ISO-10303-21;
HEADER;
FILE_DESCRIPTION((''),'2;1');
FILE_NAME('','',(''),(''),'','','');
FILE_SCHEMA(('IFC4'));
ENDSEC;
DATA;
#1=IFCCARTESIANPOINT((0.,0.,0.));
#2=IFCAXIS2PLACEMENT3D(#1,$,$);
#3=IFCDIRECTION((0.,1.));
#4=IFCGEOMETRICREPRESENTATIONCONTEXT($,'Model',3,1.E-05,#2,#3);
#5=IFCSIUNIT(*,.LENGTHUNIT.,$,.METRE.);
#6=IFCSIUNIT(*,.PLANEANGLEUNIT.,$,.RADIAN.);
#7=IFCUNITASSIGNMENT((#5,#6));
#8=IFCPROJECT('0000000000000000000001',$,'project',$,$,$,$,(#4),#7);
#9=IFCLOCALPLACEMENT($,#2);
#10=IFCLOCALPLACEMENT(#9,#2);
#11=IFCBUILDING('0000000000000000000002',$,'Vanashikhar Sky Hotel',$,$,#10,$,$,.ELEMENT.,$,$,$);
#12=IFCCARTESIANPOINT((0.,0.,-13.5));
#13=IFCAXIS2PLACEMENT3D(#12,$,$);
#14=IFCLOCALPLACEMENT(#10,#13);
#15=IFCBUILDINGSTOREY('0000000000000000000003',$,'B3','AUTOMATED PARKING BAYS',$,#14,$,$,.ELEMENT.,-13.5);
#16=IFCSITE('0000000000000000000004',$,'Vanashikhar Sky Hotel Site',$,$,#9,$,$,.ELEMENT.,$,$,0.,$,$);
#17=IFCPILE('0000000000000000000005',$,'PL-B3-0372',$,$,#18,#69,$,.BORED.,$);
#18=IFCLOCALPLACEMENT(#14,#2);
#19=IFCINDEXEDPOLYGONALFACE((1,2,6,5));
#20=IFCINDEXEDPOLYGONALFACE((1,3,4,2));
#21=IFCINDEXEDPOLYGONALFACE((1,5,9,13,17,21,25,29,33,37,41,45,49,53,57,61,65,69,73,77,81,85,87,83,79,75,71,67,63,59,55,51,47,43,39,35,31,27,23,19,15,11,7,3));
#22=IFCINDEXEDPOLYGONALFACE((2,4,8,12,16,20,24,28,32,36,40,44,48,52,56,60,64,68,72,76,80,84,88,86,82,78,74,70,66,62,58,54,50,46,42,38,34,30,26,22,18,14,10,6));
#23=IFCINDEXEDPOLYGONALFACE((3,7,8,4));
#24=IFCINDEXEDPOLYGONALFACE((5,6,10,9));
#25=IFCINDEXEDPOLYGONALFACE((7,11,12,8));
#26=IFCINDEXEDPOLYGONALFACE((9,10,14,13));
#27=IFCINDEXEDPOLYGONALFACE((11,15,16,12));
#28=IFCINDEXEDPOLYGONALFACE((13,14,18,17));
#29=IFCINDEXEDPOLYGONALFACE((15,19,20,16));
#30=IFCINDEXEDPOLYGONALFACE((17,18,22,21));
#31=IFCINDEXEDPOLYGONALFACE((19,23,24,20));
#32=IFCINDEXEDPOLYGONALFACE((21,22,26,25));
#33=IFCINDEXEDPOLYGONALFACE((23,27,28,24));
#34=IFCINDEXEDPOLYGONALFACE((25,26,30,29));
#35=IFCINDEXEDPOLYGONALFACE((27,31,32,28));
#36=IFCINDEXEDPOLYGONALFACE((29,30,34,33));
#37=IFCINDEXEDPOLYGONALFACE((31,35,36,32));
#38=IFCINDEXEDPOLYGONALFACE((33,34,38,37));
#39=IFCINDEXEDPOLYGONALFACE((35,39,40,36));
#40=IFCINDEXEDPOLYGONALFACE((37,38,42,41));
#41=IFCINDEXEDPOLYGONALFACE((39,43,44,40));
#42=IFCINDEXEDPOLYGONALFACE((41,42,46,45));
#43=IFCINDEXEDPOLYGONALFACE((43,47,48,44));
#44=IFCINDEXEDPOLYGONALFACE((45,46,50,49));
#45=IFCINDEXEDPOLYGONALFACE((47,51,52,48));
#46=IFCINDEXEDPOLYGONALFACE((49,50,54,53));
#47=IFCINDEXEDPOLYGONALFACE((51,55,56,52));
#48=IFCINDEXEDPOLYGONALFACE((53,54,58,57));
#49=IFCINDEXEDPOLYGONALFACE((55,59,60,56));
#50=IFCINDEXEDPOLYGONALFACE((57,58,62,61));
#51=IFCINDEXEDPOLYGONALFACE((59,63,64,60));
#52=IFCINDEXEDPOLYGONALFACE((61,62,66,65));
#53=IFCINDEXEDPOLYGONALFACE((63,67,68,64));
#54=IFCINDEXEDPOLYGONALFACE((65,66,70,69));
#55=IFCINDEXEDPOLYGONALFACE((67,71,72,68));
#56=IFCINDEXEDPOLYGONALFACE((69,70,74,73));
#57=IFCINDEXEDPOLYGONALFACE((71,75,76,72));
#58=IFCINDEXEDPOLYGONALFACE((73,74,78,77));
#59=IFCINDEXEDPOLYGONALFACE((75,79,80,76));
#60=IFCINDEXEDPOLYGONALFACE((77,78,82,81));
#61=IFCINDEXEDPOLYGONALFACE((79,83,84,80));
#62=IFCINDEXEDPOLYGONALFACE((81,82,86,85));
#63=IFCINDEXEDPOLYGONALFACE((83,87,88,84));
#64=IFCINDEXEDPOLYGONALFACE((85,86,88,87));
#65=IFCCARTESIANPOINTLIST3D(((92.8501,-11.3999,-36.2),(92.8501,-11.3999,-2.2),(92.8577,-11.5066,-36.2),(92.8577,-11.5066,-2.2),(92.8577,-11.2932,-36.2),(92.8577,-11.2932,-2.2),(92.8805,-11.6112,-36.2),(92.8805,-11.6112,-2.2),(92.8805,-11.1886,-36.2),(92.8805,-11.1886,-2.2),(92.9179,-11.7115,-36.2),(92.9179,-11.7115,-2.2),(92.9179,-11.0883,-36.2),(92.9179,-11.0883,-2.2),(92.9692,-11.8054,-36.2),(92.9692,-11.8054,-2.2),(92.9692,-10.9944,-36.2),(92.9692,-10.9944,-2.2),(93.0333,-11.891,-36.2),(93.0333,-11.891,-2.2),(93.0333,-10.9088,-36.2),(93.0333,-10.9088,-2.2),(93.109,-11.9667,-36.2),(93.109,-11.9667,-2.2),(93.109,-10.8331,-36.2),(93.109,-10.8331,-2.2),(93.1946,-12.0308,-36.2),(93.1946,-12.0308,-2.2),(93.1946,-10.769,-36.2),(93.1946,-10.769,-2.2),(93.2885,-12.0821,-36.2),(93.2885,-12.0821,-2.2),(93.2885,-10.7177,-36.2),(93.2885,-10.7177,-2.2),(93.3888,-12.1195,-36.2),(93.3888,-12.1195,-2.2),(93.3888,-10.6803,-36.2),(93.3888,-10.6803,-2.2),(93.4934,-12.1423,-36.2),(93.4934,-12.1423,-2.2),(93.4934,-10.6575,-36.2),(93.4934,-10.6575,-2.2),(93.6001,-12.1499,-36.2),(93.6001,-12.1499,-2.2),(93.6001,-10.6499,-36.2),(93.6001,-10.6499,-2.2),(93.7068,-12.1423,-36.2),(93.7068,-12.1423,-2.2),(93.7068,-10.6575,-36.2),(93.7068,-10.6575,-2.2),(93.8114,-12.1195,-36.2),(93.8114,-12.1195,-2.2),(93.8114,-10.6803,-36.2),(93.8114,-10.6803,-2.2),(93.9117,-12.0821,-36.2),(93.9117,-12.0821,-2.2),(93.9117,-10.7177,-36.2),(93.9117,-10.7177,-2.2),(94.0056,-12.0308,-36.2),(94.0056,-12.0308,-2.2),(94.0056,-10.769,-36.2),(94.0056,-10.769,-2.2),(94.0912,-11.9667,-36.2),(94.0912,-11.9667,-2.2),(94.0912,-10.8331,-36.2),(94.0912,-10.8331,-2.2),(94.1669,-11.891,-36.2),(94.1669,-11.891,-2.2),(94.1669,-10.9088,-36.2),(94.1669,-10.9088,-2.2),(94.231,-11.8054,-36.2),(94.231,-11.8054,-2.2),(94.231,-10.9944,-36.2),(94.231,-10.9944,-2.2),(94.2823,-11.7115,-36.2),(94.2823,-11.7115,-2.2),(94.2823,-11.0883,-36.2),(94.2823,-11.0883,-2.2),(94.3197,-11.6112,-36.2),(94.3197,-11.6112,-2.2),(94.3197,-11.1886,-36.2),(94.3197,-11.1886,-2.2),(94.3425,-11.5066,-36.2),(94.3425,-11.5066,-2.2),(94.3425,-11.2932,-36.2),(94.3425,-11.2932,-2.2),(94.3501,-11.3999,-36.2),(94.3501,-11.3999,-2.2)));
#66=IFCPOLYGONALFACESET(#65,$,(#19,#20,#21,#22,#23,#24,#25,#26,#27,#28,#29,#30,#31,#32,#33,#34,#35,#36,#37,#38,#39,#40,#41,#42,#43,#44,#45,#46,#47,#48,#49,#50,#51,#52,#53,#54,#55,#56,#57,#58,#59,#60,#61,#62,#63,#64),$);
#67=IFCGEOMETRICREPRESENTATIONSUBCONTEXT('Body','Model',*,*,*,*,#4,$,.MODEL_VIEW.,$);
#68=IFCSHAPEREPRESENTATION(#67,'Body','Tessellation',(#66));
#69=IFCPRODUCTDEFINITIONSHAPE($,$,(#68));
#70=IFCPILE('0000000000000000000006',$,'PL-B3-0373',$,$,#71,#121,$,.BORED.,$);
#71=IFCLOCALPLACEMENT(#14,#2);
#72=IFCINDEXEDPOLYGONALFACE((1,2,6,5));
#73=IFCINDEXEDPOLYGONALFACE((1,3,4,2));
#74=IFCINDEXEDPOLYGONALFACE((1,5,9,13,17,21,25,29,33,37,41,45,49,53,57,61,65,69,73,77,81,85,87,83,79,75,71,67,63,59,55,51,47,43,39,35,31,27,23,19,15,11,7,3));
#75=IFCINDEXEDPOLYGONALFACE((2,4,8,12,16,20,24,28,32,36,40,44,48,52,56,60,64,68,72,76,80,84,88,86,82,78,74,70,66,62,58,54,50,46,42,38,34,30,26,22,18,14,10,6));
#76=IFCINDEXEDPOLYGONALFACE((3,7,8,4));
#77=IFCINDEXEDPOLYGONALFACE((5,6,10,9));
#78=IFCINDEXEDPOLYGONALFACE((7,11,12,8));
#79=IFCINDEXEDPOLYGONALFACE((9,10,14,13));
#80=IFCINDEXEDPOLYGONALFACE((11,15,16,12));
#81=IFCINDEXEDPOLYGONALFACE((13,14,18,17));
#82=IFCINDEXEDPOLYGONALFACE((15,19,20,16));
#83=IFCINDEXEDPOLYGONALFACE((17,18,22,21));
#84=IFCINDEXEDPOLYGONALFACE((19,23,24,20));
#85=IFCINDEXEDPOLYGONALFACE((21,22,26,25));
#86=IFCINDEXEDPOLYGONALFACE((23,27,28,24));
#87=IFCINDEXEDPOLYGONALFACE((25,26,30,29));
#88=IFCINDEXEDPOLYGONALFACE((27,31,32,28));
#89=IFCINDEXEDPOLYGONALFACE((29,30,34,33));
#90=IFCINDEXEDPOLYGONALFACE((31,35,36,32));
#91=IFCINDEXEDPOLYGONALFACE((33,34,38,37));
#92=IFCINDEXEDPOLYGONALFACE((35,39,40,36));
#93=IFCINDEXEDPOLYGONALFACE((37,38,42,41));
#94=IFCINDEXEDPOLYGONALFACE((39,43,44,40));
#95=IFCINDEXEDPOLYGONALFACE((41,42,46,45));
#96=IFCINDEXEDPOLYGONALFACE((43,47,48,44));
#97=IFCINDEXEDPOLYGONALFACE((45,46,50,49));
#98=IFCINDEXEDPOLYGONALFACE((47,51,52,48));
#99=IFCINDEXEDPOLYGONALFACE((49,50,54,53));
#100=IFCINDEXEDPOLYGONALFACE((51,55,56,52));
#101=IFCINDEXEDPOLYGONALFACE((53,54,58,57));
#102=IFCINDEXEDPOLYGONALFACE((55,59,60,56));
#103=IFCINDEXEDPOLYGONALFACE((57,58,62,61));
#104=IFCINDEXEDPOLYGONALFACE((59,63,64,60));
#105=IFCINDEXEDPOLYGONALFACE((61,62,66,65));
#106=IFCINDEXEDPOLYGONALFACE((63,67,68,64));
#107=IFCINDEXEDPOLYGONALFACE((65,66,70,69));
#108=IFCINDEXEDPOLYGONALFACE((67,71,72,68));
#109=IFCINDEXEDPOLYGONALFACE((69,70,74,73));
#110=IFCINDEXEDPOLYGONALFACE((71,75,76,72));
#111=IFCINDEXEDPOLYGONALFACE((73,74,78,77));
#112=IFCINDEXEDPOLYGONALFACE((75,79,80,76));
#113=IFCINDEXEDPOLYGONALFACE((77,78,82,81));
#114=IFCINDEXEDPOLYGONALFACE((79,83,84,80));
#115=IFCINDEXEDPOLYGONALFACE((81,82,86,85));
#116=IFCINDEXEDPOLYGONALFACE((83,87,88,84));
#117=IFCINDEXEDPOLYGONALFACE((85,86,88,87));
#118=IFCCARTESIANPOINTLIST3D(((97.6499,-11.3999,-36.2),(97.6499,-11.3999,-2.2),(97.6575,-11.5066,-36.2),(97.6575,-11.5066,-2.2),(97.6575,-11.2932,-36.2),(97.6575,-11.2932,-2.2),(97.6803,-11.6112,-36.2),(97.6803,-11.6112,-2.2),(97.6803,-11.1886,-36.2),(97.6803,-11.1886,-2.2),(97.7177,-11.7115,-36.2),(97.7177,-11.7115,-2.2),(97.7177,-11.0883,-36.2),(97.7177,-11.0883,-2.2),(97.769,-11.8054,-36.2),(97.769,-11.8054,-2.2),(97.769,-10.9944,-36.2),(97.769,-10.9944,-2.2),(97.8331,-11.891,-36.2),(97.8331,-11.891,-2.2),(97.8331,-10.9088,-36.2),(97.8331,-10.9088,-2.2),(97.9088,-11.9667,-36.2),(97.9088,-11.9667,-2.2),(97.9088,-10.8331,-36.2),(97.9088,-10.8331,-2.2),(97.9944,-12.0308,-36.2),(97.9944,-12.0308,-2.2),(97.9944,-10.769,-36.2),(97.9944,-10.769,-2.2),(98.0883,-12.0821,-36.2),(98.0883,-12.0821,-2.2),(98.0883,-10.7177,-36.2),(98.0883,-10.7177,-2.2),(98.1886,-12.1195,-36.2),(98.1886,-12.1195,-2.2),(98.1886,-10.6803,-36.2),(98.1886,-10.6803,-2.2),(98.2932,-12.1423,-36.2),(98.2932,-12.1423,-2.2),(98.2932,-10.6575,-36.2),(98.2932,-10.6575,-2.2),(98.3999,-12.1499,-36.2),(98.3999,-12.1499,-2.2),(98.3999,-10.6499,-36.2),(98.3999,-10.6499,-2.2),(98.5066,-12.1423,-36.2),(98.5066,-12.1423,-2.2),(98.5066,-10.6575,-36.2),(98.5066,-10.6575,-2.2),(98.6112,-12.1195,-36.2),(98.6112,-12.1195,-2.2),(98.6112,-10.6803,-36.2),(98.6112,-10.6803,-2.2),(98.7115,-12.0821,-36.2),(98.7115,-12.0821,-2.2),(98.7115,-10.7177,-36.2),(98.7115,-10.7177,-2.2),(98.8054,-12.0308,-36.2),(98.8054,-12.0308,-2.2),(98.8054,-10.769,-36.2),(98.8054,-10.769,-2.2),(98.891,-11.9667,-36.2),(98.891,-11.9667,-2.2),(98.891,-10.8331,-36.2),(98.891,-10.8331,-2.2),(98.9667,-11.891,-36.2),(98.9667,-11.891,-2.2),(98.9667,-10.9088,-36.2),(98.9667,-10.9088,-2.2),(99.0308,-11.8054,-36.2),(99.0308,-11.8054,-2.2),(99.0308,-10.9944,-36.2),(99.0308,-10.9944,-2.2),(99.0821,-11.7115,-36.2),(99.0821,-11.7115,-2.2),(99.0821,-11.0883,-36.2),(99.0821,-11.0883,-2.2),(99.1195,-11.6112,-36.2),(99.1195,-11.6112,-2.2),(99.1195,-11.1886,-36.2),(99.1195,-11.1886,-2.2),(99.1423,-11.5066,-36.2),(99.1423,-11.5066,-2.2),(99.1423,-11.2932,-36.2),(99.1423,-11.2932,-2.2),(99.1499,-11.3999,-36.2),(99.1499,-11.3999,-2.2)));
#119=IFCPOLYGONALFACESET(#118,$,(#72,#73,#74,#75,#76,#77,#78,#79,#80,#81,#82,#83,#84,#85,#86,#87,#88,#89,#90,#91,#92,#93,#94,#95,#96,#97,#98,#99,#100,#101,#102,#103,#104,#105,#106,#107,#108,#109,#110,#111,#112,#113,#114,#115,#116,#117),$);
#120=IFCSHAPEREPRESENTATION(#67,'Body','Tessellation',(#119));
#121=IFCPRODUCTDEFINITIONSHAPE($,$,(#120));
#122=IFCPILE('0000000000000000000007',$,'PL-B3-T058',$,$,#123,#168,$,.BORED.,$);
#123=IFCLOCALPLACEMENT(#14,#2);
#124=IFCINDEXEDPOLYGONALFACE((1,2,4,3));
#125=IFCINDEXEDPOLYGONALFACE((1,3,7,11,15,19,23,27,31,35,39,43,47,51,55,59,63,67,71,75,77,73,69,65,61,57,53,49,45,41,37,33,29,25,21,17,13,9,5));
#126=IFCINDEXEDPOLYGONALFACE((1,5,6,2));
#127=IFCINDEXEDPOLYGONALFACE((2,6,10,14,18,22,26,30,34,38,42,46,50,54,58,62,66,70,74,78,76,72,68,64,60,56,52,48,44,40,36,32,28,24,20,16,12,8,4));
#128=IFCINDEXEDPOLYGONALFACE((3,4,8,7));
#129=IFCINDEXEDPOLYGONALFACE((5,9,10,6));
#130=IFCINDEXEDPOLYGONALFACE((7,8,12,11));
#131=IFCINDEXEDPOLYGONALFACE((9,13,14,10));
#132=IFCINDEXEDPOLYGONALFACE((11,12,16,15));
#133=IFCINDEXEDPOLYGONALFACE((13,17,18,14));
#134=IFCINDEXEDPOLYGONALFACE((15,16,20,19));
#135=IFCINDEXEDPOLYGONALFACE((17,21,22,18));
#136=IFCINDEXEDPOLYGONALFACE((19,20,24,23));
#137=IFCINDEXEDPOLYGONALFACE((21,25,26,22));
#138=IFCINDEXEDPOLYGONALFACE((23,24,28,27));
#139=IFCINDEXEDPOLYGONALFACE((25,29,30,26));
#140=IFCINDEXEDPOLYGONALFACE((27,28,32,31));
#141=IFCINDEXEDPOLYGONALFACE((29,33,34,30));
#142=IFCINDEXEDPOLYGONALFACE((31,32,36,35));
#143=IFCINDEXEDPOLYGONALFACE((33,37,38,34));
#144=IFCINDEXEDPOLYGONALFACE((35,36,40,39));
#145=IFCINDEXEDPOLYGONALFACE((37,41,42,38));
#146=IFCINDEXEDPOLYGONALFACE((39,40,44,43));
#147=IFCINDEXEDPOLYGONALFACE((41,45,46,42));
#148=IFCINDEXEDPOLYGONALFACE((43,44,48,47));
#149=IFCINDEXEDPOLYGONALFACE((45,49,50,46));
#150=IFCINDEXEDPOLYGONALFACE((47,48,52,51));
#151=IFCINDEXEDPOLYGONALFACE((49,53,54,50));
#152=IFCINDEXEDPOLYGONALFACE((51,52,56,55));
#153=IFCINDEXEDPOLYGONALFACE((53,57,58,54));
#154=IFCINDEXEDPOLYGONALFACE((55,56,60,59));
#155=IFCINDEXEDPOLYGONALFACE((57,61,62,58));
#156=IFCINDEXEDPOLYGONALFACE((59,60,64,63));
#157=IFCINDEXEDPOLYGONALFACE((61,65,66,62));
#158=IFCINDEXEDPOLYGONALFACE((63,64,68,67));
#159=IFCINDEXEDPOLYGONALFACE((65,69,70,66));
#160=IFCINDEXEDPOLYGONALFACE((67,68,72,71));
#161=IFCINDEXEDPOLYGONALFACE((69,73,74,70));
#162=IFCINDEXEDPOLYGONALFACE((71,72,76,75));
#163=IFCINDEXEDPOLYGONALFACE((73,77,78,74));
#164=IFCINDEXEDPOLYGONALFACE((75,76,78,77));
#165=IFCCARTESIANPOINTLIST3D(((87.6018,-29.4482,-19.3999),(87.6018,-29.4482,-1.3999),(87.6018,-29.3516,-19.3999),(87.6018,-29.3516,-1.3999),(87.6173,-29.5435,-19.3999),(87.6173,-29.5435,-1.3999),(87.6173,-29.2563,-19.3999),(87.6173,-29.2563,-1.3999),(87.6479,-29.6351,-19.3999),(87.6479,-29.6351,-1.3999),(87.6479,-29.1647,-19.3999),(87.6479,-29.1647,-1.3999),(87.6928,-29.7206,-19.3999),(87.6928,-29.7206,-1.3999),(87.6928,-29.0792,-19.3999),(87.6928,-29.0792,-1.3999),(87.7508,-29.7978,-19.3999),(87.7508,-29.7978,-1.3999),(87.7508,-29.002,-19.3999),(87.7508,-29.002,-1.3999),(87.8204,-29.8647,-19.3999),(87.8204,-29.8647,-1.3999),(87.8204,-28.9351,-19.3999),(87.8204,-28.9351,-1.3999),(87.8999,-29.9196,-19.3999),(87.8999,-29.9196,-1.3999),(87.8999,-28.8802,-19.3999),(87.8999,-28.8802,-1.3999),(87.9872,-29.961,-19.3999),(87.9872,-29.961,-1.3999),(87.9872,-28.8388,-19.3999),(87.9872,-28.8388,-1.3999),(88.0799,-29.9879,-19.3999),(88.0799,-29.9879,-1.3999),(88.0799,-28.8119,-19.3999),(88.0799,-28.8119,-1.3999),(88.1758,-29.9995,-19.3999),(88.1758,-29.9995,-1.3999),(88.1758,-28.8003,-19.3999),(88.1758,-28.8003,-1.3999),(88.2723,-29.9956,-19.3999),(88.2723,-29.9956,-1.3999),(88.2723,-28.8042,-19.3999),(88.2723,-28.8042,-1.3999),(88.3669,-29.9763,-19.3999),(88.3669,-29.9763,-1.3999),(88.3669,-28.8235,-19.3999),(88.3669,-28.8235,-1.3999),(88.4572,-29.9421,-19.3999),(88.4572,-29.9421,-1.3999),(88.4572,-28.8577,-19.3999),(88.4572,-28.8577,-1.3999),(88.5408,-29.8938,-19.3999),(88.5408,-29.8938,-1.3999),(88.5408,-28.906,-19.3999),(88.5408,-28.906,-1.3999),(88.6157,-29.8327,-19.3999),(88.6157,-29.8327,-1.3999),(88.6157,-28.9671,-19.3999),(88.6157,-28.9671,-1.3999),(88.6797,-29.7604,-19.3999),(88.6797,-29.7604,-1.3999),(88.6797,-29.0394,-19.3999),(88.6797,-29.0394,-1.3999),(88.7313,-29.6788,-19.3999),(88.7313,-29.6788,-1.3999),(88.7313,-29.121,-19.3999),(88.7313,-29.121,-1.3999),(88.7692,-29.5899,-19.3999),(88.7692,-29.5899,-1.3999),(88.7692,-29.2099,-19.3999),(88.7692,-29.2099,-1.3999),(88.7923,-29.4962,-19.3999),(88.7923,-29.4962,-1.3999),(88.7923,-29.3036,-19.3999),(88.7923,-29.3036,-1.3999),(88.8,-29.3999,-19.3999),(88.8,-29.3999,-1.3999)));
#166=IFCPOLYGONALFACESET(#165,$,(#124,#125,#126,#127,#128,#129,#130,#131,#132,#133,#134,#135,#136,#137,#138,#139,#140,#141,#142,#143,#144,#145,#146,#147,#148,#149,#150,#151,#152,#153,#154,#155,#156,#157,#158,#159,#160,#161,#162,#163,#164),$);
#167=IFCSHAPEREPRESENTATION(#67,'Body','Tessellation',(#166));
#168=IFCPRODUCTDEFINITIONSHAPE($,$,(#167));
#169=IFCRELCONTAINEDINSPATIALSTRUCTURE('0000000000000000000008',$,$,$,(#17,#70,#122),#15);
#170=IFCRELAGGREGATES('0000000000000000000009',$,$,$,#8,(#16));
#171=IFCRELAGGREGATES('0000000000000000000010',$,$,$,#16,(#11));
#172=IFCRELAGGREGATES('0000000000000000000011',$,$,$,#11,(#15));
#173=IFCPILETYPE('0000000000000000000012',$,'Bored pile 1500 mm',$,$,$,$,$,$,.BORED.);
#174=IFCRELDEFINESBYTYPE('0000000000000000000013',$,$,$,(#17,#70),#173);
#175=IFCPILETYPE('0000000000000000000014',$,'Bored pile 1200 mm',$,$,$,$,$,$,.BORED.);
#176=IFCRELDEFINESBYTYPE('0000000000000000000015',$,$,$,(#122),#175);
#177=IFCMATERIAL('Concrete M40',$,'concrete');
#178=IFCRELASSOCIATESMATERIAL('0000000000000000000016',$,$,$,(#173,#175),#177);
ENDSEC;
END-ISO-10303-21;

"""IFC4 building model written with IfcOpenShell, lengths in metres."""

from ifc_helpers import new_model, si_unit, direction, frame, origin, origin_2d, place, context, subcontext, project, spatial, circle, extrude, source, transform, mapped, material, type_object, element, save


model = new_model("IFC4")

# Units and contexts
model_context = context("Model", 3, precision=1e-05, world=origin(), true_north=direction((0.0, 1.0)))
body_context = subcontext(model_context, "Body", "Model", "MODEL_VIEW")
ifc_project = project(units=[si_unit("LENGTHUNIT", "METRE"), si_unit("PLANEANGLEUNIT", "RADIAN")], contexts=[model_context])

# Site, building, storey
site_placement = place(None, origin())
site = spatial("IfcSite", under=ifc_project, at=site_placement, Name="Vanashikhar Sky Hotel Site", CompositionType="ELEMENT", RefElevation=0.0)
building_placement = place(site_placement, origin())
building = spatial("IfcBuilding", under=site, at=building_placement, Name="Vanashikhar Sky Hotel", CompositionType="ELEMENT")
storey_placement = place(building_placement, frame((0.0, 0.0, -13.5)))
storey = spatial("IfcBuildingStorey", under=building, at=storey_placement, Name="B3", Description="AUTOMATED PARKING BAYS", CompositionType="ELEMENT", Elevation=-13.5)

# Piles
ifc_material_1 = material(Name="Concrete M40", Category="concrete")
pile_type_1 = type_object("IfcPileType", Name="Bored pile 1500 mm", PredefinedType="BORED", material=ifc_material_1)
shared_shape_1 = source(origin(), body_context, "Body", "SweptSolid", [
    extrude(circle(Radius=0.75, at=origin_2d()), origin(), (0.0, 0.0, 1.0), 34.0),
])
for number, where, z_axis, x_axis, name in (
    (1, (93.6001, -11.3999, -2.2), (0.0, 0.0, -1.0), (1.0, 0.0, 0.0), "PL-B3-0372"),
    (2, (98.3999, -11.3999, -2.2), (0.0, 0.0, -1.0), (1.0, 0.0, 0.0), "PL-B3-0373"),
):
    element("IfcPile", number, at=place(storey_placement, frame(where, z_axis=z_axis, x_axis=x_axis)), inside=storey, type_object=pile_type_1, Name=name, PredefinedType="BORED", context=body_context, shape_type="MappedRepresentation", body=[
        mapped(shared_shape_1, transform((0.0, 0.0, 0.0), scale=1.0)),
    ])
pile_type_2 = type_object("IfcPileType", Name="Bored pile 1200 mm", PredefinedType="BORED", material=ifc_material_1)
shared_shape_2 = source(origin(), body_context, "Body", "SweptSolid", [
    extrude(circle(Radius=0.6001, at=origin_2d()), origin(), (0.0, 0.0, 1.0), 18.0),
])
for number, where, z_axis, x_axis, name in (
    (3, (88.2, -29.3999, -1.3999), (0.0, 0.0, -1.0), (1.0, 0.0, 0.0), "PL-B3-T058"),
):
    element("IfcPile", number, at=place(storey_placement, frame(where, z_axis=z_axis, x_axis=x_axis)), inside=storey, type_object=pile_type_2, Name=name, PredefinedType="BORED", context=body_context, shape_type="MappedRepresentation", body=[
        mapped(shared_shape_2, transform((0.0, 0.0, 0.0), scale=1.0)),
    ])

save(model, "model.ifc")
